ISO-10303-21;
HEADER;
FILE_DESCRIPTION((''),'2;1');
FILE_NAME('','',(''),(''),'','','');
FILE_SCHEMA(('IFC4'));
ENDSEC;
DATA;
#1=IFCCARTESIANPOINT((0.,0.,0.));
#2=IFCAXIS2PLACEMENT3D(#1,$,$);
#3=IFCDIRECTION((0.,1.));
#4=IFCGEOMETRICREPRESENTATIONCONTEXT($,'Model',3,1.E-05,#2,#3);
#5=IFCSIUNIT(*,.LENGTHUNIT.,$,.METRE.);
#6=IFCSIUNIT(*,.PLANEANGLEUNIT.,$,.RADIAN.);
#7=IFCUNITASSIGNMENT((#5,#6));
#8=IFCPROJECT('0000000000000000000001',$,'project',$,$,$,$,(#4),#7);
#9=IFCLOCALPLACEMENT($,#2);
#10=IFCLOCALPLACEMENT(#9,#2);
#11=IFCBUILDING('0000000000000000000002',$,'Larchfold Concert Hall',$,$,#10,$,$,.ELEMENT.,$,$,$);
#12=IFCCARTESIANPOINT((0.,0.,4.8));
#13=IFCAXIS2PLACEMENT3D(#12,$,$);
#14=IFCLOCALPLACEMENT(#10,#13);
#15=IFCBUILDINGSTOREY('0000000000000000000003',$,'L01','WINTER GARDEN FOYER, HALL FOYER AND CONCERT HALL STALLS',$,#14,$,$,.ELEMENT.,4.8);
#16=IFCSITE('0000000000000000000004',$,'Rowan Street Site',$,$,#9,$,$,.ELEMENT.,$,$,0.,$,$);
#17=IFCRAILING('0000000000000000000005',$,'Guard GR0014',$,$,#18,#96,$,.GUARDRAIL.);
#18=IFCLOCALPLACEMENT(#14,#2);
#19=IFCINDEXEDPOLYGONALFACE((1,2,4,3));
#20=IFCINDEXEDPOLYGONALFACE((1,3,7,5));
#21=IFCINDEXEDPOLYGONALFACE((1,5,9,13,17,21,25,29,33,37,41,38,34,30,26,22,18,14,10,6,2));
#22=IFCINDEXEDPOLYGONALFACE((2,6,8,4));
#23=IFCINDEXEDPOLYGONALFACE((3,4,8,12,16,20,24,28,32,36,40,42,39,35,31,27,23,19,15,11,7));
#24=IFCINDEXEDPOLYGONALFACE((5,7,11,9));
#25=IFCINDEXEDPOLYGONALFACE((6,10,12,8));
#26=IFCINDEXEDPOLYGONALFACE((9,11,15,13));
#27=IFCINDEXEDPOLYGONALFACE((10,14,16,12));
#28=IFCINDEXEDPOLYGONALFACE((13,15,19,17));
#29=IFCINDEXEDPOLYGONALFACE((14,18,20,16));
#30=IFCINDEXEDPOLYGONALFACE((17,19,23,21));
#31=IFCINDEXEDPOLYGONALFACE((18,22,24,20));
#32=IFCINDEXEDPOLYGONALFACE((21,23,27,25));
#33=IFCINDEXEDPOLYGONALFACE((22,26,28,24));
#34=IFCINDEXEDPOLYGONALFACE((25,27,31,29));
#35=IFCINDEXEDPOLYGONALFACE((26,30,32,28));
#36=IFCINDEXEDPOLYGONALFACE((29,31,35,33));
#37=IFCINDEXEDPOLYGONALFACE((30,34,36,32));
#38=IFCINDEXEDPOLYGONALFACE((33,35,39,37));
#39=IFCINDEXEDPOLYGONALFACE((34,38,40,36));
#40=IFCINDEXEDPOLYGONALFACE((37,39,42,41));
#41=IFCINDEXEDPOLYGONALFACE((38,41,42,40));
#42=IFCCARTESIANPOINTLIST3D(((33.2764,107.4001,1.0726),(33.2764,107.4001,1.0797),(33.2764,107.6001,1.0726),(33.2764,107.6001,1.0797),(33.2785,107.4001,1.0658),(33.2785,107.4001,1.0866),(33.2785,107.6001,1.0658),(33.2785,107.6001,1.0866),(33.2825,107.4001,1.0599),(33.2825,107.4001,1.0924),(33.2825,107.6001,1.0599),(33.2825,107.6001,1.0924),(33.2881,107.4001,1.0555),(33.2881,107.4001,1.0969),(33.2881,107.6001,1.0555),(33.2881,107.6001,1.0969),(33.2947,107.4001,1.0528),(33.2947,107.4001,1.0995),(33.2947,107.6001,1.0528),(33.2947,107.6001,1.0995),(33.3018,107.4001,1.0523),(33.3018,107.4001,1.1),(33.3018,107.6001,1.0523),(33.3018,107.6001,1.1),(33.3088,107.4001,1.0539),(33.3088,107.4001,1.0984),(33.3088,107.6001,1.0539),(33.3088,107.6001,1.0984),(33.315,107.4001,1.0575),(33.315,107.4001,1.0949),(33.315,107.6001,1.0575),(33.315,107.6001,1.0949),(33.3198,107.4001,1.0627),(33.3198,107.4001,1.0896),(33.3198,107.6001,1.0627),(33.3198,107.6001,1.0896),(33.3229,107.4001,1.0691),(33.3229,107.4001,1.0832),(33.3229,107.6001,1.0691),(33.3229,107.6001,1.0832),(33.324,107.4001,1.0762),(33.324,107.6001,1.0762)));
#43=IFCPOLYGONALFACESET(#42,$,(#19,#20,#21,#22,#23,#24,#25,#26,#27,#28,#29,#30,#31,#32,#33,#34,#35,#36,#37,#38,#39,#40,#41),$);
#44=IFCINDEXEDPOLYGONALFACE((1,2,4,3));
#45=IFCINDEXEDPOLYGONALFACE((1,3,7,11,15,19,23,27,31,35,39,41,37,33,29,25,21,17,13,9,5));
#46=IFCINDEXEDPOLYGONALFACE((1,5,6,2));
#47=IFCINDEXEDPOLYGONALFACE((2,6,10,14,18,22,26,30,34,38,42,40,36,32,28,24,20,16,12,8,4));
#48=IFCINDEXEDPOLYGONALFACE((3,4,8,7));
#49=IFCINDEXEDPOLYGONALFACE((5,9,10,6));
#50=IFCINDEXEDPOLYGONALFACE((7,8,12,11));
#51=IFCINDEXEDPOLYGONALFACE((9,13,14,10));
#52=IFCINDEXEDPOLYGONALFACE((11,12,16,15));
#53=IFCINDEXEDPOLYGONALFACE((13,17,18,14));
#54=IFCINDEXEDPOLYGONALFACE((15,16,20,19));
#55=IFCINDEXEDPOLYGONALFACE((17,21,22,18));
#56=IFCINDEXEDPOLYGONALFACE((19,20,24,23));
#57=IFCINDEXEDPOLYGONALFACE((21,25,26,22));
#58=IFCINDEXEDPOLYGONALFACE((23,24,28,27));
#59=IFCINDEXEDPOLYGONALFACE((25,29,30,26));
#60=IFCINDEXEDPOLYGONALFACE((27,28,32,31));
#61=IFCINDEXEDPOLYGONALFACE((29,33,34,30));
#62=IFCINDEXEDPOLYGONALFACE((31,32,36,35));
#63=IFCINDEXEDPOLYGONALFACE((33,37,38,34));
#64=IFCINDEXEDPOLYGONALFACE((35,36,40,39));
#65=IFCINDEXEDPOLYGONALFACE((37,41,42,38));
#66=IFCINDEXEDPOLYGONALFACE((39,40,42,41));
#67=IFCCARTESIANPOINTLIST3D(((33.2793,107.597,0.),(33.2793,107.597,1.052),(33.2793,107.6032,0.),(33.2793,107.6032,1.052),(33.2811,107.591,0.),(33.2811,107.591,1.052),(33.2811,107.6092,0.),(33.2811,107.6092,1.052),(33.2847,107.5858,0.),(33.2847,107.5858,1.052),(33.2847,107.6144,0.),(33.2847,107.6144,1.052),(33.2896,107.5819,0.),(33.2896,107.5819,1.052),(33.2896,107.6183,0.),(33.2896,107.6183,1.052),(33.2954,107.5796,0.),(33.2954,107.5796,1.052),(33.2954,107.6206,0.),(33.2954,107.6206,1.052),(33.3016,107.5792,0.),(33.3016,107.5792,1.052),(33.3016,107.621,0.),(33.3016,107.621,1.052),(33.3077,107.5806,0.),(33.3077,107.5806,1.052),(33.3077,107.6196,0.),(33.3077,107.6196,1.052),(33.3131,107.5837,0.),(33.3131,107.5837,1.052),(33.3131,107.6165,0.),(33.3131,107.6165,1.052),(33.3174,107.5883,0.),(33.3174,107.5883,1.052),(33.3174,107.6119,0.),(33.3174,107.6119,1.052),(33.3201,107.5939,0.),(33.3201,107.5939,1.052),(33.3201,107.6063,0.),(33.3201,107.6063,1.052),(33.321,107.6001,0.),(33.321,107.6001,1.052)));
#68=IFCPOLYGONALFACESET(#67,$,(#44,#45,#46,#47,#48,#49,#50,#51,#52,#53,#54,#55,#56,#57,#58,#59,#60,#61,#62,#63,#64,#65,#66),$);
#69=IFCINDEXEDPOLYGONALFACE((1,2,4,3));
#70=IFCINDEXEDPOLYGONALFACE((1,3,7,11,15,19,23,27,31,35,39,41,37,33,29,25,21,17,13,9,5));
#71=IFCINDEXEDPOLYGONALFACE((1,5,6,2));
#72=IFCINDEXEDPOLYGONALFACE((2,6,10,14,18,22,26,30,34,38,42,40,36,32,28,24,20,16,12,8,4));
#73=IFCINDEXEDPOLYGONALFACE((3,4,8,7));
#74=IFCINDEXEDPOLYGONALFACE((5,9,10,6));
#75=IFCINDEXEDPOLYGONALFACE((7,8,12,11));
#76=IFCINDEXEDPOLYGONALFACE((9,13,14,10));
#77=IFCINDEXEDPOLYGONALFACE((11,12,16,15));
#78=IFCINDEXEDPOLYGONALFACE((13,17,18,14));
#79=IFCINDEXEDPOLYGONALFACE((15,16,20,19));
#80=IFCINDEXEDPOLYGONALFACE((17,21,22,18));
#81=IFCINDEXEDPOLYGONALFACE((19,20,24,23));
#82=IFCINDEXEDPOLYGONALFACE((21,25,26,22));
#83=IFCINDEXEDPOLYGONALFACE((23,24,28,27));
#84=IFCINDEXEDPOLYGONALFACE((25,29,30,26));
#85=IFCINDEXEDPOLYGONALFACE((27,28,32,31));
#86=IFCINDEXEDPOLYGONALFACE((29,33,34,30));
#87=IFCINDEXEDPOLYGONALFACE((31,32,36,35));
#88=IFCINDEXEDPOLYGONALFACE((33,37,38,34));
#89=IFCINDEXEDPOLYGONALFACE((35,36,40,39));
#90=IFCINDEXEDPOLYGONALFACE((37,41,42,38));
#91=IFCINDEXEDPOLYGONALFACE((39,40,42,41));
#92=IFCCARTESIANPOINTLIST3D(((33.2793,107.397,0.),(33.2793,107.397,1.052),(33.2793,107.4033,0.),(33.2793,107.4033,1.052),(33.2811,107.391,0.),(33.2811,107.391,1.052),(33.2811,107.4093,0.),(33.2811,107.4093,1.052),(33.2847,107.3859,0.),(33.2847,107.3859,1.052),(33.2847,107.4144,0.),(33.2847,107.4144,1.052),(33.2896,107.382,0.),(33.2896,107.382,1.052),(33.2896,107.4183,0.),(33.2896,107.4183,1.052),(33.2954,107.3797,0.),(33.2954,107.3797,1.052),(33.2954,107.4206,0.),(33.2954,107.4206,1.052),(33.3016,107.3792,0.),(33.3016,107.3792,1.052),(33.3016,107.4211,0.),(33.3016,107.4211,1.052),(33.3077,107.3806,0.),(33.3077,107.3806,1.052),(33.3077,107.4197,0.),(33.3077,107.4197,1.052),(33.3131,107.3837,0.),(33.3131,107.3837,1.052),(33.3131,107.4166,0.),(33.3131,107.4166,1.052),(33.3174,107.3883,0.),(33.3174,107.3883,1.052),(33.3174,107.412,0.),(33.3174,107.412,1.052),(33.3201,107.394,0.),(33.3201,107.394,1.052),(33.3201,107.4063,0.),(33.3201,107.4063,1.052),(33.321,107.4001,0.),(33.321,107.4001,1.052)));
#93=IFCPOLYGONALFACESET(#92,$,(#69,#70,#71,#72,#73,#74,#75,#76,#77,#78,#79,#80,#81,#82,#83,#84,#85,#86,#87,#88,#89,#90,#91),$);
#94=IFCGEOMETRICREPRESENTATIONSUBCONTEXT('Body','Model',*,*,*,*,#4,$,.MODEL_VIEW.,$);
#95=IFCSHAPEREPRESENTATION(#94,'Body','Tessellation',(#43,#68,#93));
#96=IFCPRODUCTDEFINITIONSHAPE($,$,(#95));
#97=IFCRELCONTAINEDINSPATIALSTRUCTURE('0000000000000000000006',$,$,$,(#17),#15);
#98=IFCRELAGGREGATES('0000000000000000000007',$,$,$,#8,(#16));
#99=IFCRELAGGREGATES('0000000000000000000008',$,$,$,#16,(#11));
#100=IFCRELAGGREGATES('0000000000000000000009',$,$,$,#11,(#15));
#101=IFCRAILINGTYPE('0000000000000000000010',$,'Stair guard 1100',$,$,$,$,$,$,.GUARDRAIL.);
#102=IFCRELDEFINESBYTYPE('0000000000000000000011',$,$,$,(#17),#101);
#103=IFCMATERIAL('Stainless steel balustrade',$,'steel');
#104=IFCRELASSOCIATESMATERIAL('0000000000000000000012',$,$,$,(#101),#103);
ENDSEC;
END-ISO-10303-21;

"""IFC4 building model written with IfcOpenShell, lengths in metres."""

from ifc_helpers import new_model, si_unit, direction, frame, origin, origin_2d, place, context, subcontext, project, spatial, circle, extrude, material, type_object, element, save


model = new_model("IFC4")

# Units and contexts
model_context = context("Model", 3, precision=1e-05, world=origin(), true_north=direction((0.0, 1.0)))
body_context = subcontext(model_context, "Body", "Model", "MODEL_VIEW")
ifc_project = project(units=[si_unit("LENGTHUNIT", "METRE"), si_unit("PLANEANGLEUNIT", "RADIAN")], contexts=[model_context])

# Site, building, storey
site_placement = place(None, origin())
site = spatial("IfcSite", under=ifc_project, at=site_placement, Name="Rowan Street Site", CompositionType="ELEMENT", RefElevation=0.0)
building_placement = place(site_placement, origin())
building = spatial("IfcBuilding", under=site, at=building_placement, Name="Larchfold Concert Hall", CompositionType="ELEMENT")
storey_placement = place(building_placement, frame((0.0, 0.0, 4.8)))
storey = spatial("IfcBuildingStorey", under=building, at=storey_placement, Name="L01", Description="WINTER GARDEN FOYER, HALL FOYER AND CONCERT HALL STALLS", CompositionType="ELEMENT", Elevation=4.8)

# Railing
ifc_material_1 = material(Name="Stainless steel balustrade", Category="steel")
railing_type_1 = type_object("IfcRailingType", Name="Stair guard 1100", PredefinedType="GUARDRAIL", material=ifc_material_1)
railing_1_placement = place(storey_placement, frame((33.3, 107.6001, 0.0)))
element("IfcRailing", 1, at=railing_1_placement, inside=storey, type_object=railing_type_1, Name="Guard GR0014", PredefinedType="GUARDRAIL", context=body_context, shape_type="SweptSolid", body=[
    extrude(circle(Radius=0.0239, at=origin_2d()), frame((0.0, 0.0, 1.0762), z_axis=(0.0, -1.0, 0.0), x_axis=(1.0, 0.0, 0.0)), (0.0, 0.0, 1.0), 0.2),
    extrude(circle(Radius=0.021, at=origin_2d()), origin(), (0.0, 0.0, 1.0), 1.052),
    extrude(circle(Radius=0.021, at=origin_2d()), frame((0.0, -0.2, 0.0)), (0.0, 0.0, 1.0), 1.052),
])

save(model, "model.ifc")
